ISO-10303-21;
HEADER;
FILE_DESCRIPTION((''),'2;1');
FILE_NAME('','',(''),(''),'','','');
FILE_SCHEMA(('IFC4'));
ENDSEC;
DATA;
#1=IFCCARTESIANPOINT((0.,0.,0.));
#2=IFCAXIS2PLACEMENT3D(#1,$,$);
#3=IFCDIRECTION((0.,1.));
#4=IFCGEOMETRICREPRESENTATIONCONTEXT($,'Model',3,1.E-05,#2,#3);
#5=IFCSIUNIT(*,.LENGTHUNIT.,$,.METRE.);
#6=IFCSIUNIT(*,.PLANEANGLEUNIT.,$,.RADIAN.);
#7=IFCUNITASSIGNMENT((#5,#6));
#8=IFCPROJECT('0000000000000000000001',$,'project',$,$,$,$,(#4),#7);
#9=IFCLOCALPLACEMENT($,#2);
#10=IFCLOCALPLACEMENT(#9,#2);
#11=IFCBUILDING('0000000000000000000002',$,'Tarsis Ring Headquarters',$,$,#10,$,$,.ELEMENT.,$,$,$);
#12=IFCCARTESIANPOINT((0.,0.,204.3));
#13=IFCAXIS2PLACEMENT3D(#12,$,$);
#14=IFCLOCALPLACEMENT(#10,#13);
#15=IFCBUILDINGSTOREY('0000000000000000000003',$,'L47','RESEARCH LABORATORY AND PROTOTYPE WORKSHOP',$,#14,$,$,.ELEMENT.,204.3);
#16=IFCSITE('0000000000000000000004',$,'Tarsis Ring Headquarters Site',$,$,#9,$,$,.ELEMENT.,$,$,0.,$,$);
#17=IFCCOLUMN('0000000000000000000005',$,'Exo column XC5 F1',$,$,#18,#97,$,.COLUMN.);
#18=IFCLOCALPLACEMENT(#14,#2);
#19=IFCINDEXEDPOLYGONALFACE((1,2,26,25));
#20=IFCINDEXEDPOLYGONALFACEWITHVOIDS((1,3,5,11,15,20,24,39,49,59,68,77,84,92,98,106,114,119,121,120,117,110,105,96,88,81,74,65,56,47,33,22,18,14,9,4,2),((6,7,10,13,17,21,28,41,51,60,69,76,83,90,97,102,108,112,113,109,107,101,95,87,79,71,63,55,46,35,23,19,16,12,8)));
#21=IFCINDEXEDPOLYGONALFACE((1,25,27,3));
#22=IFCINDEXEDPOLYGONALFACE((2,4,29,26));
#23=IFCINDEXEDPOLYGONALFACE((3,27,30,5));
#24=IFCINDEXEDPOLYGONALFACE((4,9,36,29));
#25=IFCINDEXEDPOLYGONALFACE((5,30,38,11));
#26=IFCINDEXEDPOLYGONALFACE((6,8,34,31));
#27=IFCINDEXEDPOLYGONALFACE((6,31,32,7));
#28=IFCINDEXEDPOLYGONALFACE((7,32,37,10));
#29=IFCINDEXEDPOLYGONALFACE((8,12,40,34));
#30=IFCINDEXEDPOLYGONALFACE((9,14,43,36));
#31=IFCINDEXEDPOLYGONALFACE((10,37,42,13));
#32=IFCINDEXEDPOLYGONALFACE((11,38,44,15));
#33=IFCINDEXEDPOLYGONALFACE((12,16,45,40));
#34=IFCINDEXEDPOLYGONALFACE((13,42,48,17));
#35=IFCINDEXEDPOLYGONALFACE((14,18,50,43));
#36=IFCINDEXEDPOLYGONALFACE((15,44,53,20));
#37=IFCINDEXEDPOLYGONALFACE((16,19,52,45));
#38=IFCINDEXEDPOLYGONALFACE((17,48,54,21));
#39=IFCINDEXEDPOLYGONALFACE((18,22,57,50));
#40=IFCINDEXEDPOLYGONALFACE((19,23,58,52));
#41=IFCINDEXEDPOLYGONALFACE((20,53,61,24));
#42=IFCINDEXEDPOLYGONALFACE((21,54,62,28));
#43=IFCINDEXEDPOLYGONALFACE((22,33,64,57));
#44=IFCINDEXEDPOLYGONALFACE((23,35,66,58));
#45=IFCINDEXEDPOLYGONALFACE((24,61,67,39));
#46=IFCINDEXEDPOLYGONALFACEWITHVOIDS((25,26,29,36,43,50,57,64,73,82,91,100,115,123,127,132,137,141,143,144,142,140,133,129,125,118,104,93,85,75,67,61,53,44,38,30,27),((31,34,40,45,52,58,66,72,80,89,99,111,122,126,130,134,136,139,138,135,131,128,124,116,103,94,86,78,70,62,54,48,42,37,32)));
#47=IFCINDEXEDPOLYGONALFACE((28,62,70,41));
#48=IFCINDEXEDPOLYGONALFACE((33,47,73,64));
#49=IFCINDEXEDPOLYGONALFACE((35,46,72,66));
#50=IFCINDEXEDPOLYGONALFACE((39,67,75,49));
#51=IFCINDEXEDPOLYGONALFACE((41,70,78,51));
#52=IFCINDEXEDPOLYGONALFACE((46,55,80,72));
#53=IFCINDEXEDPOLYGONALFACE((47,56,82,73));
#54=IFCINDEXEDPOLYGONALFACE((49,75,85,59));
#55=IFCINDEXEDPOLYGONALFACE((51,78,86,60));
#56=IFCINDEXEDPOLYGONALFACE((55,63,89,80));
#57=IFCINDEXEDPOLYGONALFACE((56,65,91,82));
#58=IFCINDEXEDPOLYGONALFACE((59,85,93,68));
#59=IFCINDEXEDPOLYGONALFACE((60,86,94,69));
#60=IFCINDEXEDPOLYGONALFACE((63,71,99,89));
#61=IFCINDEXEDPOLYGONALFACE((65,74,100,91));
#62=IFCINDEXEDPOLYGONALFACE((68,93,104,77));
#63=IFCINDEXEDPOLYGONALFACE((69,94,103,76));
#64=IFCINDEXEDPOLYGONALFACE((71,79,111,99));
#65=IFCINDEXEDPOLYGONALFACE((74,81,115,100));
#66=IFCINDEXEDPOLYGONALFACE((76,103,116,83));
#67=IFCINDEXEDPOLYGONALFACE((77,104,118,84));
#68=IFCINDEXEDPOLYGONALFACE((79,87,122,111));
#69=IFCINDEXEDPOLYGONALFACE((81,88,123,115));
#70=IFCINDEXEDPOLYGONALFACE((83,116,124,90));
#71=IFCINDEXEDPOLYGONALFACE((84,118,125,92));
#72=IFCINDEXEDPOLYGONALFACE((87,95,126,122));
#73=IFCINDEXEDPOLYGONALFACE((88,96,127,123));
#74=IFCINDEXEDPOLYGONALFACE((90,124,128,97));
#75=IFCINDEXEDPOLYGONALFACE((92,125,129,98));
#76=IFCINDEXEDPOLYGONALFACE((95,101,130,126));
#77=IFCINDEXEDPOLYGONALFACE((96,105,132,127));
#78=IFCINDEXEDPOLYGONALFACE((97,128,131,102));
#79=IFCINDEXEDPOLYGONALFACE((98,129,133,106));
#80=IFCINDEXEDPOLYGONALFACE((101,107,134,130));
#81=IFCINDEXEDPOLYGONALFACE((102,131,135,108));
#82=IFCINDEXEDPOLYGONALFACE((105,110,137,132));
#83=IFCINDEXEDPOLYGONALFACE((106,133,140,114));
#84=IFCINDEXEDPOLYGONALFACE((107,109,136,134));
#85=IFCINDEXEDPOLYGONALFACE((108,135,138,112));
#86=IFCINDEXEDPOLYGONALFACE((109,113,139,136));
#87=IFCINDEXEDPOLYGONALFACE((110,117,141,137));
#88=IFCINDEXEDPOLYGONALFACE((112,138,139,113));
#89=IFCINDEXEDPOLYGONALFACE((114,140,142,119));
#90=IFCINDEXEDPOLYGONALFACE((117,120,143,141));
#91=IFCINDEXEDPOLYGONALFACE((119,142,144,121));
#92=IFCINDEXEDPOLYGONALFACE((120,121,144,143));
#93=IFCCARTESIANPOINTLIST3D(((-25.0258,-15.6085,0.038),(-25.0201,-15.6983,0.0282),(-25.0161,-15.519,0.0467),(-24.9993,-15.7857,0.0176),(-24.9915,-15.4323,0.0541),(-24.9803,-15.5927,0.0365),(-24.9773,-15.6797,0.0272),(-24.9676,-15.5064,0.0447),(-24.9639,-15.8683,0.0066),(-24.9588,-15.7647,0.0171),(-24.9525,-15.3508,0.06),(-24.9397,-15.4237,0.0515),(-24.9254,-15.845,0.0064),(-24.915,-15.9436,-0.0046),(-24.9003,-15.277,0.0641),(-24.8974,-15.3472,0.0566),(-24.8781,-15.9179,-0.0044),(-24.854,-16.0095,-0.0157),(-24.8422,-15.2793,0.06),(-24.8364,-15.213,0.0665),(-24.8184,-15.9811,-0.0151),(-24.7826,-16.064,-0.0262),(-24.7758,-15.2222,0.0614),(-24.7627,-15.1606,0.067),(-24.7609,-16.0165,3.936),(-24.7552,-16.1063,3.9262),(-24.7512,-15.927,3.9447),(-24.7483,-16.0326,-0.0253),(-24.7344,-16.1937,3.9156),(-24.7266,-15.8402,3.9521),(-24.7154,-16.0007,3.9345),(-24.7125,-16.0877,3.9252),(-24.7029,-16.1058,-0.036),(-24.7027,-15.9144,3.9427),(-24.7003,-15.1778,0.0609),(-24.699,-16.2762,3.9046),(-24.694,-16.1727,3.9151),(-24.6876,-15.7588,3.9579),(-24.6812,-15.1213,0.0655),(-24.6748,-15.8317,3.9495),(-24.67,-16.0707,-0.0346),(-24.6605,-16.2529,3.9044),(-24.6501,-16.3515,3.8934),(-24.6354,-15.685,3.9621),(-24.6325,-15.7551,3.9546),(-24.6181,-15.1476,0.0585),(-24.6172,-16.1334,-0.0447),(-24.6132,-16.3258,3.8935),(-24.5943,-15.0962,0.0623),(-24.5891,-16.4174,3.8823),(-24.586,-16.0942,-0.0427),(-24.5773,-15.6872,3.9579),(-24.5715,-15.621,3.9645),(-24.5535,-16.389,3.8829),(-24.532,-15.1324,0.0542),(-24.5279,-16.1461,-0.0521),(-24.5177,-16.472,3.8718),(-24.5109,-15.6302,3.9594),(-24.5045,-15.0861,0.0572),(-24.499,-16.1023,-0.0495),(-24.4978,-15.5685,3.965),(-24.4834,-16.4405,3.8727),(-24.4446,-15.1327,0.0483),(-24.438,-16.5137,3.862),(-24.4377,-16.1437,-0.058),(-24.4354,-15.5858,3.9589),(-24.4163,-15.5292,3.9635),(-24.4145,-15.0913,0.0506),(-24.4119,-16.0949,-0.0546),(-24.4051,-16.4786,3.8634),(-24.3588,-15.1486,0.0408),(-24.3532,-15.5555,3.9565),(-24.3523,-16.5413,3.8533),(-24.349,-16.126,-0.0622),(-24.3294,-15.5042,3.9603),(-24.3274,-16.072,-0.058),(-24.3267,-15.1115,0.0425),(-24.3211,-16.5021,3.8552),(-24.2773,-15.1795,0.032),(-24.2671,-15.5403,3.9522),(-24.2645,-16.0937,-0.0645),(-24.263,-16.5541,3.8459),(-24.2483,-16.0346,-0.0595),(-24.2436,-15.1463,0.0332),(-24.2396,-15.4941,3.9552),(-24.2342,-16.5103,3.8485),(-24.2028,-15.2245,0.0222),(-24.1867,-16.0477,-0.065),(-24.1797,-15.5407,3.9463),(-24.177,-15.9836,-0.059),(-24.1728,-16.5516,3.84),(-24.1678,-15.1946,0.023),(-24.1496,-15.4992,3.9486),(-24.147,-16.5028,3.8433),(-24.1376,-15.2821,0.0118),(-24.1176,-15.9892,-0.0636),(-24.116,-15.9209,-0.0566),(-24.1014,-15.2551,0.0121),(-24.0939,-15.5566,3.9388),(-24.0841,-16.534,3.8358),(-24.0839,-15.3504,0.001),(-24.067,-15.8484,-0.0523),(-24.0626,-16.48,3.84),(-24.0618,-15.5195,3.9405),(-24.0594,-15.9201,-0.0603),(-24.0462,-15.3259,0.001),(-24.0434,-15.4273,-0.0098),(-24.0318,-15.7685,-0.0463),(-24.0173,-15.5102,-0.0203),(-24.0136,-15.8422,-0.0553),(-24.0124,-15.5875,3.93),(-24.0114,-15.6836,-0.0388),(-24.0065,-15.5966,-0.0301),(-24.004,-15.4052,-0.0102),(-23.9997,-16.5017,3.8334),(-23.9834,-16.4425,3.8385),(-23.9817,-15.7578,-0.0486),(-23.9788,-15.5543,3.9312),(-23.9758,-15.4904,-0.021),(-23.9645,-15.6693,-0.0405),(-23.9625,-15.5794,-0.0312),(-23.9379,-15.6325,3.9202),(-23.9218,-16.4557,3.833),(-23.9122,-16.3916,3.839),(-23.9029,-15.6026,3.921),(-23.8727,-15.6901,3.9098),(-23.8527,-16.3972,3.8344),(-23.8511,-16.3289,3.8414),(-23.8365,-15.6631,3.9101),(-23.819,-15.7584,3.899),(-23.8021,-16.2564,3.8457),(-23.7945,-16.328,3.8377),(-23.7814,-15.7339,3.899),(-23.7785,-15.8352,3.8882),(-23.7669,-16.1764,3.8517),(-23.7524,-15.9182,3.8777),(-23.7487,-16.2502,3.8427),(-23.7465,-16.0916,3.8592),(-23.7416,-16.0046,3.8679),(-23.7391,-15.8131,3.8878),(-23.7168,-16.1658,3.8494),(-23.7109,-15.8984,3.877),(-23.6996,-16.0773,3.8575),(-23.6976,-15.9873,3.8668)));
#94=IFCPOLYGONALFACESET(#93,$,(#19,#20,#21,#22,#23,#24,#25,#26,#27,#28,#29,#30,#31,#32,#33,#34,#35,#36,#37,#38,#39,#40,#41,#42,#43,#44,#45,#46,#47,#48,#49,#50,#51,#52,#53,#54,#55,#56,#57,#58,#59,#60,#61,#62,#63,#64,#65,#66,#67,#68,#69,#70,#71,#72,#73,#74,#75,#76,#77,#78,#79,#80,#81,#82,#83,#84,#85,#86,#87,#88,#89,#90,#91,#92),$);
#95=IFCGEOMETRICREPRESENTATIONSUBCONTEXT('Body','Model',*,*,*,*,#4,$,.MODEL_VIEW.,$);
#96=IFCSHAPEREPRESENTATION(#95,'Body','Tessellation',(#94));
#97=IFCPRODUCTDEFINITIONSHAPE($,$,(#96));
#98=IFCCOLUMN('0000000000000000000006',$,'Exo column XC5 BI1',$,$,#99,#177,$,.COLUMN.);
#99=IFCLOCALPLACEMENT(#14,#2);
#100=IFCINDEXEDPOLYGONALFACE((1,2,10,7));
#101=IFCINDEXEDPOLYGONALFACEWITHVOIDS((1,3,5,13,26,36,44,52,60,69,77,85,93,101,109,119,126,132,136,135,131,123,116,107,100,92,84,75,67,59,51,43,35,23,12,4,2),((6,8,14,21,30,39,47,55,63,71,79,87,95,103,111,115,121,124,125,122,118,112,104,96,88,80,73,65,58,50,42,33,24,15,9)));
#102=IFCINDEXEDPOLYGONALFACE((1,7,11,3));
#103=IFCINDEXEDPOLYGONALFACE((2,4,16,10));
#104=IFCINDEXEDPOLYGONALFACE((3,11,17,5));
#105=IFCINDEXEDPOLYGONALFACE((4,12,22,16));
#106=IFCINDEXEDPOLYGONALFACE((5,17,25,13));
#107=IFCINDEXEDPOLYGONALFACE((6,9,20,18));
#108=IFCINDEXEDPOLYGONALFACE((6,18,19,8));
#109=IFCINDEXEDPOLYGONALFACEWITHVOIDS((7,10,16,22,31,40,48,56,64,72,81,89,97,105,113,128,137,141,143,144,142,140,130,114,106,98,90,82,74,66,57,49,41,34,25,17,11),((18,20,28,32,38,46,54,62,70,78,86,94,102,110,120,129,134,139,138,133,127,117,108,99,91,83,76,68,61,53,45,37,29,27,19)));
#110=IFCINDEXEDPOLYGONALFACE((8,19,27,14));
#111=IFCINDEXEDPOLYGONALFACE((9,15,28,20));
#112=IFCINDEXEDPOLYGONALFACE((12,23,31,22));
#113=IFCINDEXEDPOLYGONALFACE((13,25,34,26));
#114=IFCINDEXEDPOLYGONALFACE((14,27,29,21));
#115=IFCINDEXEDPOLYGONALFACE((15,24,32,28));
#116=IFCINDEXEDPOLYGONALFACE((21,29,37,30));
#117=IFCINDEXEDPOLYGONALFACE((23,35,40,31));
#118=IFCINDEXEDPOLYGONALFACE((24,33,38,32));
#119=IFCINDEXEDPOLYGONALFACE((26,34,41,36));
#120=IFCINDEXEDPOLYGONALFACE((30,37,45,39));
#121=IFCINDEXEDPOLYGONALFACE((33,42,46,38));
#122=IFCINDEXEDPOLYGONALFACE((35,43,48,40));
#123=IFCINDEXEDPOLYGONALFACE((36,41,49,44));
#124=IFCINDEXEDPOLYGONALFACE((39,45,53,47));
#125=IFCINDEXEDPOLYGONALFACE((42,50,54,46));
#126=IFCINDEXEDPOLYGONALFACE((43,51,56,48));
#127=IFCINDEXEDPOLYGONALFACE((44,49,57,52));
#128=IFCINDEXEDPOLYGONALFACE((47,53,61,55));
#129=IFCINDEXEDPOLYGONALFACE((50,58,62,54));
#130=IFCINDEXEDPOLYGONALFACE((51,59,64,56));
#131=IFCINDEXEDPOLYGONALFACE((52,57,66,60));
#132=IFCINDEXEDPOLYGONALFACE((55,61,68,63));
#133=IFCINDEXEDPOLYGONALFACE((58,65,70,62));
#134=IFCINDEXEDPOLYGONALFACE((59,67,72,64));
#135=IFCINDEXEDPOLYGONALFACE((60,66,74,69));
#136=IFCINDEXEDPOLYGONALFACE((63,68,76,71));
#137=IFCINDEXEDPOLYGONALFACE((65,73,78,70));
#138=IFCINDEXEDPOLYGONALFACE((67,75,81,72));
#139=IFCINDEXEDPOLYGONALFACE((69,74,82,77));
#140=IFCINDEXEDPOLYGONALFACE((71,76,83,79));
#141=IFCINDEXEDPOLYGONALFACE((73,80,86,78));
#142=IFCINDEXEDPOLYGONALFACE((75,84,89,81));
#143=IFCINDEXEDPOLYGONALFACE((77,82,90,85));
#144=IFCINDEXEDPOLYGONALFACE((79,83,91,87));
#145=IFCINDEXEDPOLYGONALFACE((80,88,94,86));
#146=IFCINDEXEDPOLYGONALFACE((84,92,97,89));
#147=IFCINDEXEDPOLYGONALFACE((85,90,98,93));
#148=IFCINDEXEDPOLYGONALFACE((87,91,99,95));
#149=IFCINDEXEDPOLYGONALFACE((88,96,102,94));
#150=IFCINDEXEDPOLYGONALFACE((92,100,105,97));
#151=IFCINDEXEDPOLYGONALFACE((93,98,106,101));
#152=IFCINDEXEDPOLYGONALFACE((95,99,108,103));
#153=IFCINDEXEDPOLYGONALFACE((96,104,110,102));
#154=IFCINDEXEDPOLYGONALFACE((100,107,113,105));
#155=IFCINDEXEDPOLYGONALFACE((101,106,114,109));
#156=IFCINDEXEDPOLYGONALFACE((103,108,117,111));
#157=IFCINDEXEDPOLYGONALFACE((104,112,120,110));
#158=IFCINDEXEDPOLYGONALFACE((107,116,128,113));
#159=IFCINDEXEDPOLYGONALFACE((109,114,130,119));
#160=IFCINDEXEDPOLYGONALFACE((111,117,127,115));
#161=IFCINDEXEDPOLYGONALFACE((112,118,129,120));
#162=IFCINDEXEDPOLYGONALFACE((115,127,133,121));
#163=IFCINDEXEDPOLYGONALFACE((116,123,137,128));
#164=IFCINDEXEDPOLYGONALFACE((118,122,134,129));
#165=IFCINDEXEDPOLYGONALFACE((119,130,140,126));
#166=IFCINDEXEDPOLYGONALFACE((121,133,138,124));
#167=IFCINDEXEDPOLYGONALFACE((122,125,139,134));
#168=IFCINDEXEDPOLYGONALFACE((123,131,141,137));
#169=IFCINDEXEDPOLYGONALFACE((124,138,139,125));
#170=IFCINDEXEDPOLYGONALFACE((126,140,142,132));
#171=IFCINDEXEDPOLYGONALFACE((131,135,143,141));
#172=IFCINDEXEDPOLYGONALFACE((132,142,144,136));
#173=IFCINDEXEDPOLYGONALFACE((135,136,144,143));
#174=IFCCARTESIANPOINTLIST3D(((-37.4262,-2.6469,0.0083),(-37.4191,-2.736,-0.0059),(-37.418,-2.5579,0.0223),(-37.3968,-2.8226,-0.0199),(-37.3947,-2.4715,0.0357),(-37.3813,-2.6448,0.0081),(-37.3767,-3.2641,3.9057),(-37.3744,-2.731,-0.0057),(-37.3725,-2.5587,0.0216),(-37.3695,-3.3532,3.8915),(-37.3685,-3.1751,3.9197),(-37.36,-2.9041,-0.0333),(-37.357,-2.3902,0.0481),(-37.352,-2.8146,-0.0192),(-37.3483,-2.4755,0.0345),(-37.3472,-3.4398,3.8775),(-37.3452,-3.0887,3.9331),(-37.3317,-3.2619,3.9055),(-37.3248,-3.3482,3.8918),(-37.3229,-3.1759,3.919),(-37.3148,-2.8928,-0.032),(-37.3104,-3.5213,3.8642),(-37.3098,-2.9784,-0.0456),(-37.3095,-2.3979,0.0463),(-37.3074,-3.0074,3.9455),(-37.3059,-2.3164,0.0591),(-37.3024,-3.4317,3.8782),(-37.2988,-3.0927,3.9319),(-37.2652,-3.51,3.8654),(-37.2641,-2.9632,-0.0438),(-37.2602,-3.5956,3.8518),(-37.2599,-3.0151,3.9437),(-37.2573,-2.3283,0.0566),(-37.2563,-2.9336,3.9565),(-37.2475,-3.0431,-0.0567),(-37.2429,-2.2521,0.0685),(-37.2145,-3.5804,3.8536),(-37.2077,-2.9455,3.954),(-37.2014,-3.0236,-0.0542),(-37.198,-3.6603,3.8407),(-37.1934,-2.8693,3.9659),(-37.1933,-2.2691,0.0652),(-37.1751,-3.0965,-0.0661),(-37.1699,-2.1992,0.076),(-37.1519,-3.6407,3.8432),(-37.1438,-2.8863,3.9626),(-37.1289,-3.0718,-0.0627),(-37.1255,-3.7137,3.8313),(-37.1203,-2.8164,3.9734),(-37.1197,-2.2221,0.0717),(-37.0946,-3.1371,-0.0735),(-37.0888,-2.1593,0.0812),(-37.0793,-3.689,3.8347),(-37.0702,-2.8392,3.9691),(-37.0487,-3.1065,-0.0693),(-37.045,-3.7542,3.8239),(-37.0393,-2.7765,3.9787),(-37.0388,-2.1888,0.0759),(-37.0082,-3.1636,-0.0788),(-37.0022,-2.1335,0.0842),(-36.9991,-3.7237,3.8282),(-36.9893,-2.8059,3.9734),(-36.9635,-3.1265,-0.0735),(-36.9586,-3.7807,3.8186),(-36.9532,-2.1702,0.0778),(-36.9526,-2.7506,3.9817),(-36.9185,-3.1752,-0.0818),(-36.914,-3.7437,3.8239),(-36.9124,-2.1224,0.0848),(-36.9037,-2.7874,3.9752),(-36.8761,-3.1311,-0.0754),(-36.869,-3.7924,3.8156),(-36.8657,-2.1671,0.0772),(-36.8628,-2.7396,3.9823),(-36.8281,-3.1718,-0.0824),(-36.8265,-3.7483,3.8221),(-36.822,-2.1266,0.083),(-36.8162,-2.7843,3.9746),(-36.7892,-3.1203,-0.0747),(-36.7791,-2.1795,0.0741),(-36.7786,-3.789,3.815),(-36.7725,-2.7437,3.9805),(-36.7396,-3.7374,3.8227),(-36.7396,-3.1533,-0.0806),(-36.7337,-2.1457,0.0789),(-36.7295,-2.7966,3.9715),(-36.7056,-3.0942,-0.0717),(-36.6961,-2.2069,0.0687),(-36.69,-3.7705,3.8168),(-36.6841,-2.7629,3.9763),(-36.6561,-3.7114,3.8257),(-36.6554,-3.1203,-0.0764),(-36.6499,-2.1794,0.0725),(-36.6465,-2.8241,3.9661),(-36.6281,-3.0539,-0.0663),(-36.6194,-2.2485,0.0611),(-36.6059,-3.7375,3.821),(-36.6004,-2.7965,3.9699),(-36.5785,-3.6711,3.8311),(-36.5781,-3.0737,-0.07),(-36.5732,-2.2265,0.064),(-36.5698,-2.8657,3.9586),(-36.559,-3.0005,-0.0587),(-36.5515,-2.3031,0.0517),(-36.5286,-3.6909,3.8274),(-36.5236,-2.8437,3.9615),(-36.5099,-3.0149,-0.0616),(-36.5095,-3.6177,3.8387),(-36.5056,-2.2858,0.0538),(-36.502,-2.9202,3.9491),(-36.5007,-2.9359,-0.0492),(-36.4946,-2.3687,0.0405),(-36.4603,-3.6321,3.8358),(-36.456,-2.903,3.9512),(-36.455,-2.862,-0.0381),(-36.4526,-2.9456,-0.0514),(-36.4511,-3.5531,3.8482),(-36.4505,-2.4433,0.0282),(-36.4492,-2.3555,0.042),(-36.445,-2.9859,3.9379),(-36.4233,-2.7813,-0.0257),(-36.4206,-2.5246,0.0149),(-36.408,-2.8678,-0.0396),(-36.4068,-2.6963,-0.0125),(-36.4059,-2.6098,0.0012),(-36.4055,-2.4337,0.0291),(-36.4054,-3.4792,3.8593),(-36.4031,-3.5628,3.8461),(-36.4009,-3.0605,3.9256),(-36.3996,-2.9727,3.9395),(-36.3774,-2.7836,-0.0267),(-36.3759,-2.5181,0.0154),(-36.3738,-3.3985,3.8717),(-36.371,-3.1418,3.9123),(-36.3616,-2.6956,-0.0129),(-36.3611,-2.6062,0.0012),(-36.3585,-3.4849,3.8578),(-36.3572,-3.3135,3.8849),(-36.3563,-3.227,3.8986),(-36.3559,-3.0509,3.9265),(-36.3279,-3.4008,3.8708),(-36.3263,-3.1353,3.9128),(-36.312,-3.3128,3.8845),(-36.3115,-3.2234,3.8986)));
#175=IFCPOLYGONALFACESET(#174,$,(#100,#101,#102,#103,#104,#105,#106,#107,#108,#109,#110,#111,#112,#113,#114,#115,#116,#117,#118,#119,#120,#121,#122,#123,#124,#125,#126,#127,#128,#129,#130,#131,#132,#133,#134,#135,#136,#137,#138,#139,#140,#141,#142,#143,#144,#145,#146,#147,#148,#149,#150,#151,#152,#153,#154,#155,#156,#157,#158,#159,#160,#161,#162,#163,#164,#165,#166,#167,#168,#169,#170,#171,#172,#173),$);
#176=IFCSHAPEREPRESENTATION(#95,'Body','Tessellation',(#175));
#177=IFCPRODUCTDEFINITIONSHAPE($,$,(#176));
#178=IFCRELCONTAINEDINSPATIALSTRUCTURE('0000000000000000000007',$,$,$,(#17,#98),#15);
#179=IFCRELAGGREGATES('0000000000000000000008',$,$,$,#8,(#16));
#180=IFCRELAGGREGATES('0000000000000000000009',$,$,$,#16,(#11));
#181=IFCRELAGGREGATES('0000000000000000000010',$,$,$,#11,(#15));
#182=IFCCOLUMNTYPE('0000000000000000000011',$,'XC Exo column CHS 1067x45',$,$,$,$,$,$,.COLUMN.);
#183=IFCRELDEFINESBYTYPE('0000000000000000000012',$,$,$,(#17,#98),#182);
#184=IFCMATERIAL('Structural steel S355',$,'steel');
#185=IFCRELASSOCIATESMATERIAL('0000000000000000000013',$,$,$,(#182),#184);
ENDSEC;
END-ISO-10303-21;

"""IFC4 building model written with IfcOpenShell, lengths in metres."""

from ifc_helpers import new_model, si_unit, direction, frame, origin, origin_2d, place, context, subcontext, project, spatial, hollow_circle, extrude, material, material_profile, profile_set, type_object, element, save


model = new_model("IFC4")

# Units and contexts
model_context = context("Model", 3, precision=1e-05, world=origin(), true_north=direction((0.0, 1.0)))
body_context = subcontext(model_context, "Body", "Model", "MODEL_VIEW")
ifc_project = project(units=[si_unit("LENGTHUNIT", "METRE"), si_unit("PLANEANGLEUNIT", "RADIAN")], contexts=[model_context])

# Site, building, storey
site_placement = place(None, origin())
site = spatial("IfcSite", under=ifc_project, at=site_placement, Name="Tarsis Ring Headquarters Site", CompositionType="ELEMENT", RefElevation=0.0)
building_placement = place(site_placement, origin())
building = spatial("IfcBuilding", under=site, at=building_placement, Name="Tarsis Ring Headquarters", CompositionType="ELEMENT")
storey_placement = place(building_placement, frame((0.0, 0.0, 204.3)))
storey = spatial("IfcBuildingStorey", under=building, at=storey_placement, Name="L47", Description="RESEARCH LABORATORY AND PROTOTYPE WORKSHOP", CompositionType="ELEMENT", Elevation=204.3)

# Columns
ifc_material_1 = material(Name="Structural steel S355", Category="steel")
ifc_material_profile_1 = material_profile(ifc_material_1, hollow_circle(Radius=0.5334, WallThickness=0.0449, at=origin_2d()), Name="CHS 1067x45")
ifc_profile_set_1 = profile_set([ifc_material_profile_1], Name="Structural steel S355")
column_type = type_object("IfcColumnType", Name="XC Exo column CHS 1067x45", PredefinedType="COLUMN", material=ifc_profile_set_1)
column_1_placement = place(storey_placement, frame((-24.4937, -15.6165, 0.001), z_axis=(0.067434, -0.103854, 0.992304), x_axis=(0.838707, 0.544583, 0.0)))
element("IfcColumn", 1, at=column_1_placement, inside=storey, type_object=column_type, Name="Exo column XC5 F1", PredefinedType="COLUMN", context=body_context, shape_type="SweptSolid", body=[
    extrude(hollow_circle(Radius=0.5334, WallThickness=0.0449, at=origin_2d()), origin(), (0.0, 0.0, 1.0), 3.9282),
])
column_2_placement = place(storey_placement, frame((-36.8928, -2.6489, 0.0012), z_axis=(0.012559, -0.156395, 0.987615), x_axis=(0.996791, 0.080043, 0.0)))
element("IfcColumn", 2, at=column_2_placement, inside=storey, type_object=column_type, Name="Exo column XC5 BI1", PredefinedType="COLUMN", context=body_context, shape_type="SweptSolid", body=[
    extrude(hollow_circle(Radius=0.5334, WallThickness=0.0449, at=origin_2d()), origin(), (0.0, 0.0, 1.0), 3.9463),
])

save(model, "model.ifc")
